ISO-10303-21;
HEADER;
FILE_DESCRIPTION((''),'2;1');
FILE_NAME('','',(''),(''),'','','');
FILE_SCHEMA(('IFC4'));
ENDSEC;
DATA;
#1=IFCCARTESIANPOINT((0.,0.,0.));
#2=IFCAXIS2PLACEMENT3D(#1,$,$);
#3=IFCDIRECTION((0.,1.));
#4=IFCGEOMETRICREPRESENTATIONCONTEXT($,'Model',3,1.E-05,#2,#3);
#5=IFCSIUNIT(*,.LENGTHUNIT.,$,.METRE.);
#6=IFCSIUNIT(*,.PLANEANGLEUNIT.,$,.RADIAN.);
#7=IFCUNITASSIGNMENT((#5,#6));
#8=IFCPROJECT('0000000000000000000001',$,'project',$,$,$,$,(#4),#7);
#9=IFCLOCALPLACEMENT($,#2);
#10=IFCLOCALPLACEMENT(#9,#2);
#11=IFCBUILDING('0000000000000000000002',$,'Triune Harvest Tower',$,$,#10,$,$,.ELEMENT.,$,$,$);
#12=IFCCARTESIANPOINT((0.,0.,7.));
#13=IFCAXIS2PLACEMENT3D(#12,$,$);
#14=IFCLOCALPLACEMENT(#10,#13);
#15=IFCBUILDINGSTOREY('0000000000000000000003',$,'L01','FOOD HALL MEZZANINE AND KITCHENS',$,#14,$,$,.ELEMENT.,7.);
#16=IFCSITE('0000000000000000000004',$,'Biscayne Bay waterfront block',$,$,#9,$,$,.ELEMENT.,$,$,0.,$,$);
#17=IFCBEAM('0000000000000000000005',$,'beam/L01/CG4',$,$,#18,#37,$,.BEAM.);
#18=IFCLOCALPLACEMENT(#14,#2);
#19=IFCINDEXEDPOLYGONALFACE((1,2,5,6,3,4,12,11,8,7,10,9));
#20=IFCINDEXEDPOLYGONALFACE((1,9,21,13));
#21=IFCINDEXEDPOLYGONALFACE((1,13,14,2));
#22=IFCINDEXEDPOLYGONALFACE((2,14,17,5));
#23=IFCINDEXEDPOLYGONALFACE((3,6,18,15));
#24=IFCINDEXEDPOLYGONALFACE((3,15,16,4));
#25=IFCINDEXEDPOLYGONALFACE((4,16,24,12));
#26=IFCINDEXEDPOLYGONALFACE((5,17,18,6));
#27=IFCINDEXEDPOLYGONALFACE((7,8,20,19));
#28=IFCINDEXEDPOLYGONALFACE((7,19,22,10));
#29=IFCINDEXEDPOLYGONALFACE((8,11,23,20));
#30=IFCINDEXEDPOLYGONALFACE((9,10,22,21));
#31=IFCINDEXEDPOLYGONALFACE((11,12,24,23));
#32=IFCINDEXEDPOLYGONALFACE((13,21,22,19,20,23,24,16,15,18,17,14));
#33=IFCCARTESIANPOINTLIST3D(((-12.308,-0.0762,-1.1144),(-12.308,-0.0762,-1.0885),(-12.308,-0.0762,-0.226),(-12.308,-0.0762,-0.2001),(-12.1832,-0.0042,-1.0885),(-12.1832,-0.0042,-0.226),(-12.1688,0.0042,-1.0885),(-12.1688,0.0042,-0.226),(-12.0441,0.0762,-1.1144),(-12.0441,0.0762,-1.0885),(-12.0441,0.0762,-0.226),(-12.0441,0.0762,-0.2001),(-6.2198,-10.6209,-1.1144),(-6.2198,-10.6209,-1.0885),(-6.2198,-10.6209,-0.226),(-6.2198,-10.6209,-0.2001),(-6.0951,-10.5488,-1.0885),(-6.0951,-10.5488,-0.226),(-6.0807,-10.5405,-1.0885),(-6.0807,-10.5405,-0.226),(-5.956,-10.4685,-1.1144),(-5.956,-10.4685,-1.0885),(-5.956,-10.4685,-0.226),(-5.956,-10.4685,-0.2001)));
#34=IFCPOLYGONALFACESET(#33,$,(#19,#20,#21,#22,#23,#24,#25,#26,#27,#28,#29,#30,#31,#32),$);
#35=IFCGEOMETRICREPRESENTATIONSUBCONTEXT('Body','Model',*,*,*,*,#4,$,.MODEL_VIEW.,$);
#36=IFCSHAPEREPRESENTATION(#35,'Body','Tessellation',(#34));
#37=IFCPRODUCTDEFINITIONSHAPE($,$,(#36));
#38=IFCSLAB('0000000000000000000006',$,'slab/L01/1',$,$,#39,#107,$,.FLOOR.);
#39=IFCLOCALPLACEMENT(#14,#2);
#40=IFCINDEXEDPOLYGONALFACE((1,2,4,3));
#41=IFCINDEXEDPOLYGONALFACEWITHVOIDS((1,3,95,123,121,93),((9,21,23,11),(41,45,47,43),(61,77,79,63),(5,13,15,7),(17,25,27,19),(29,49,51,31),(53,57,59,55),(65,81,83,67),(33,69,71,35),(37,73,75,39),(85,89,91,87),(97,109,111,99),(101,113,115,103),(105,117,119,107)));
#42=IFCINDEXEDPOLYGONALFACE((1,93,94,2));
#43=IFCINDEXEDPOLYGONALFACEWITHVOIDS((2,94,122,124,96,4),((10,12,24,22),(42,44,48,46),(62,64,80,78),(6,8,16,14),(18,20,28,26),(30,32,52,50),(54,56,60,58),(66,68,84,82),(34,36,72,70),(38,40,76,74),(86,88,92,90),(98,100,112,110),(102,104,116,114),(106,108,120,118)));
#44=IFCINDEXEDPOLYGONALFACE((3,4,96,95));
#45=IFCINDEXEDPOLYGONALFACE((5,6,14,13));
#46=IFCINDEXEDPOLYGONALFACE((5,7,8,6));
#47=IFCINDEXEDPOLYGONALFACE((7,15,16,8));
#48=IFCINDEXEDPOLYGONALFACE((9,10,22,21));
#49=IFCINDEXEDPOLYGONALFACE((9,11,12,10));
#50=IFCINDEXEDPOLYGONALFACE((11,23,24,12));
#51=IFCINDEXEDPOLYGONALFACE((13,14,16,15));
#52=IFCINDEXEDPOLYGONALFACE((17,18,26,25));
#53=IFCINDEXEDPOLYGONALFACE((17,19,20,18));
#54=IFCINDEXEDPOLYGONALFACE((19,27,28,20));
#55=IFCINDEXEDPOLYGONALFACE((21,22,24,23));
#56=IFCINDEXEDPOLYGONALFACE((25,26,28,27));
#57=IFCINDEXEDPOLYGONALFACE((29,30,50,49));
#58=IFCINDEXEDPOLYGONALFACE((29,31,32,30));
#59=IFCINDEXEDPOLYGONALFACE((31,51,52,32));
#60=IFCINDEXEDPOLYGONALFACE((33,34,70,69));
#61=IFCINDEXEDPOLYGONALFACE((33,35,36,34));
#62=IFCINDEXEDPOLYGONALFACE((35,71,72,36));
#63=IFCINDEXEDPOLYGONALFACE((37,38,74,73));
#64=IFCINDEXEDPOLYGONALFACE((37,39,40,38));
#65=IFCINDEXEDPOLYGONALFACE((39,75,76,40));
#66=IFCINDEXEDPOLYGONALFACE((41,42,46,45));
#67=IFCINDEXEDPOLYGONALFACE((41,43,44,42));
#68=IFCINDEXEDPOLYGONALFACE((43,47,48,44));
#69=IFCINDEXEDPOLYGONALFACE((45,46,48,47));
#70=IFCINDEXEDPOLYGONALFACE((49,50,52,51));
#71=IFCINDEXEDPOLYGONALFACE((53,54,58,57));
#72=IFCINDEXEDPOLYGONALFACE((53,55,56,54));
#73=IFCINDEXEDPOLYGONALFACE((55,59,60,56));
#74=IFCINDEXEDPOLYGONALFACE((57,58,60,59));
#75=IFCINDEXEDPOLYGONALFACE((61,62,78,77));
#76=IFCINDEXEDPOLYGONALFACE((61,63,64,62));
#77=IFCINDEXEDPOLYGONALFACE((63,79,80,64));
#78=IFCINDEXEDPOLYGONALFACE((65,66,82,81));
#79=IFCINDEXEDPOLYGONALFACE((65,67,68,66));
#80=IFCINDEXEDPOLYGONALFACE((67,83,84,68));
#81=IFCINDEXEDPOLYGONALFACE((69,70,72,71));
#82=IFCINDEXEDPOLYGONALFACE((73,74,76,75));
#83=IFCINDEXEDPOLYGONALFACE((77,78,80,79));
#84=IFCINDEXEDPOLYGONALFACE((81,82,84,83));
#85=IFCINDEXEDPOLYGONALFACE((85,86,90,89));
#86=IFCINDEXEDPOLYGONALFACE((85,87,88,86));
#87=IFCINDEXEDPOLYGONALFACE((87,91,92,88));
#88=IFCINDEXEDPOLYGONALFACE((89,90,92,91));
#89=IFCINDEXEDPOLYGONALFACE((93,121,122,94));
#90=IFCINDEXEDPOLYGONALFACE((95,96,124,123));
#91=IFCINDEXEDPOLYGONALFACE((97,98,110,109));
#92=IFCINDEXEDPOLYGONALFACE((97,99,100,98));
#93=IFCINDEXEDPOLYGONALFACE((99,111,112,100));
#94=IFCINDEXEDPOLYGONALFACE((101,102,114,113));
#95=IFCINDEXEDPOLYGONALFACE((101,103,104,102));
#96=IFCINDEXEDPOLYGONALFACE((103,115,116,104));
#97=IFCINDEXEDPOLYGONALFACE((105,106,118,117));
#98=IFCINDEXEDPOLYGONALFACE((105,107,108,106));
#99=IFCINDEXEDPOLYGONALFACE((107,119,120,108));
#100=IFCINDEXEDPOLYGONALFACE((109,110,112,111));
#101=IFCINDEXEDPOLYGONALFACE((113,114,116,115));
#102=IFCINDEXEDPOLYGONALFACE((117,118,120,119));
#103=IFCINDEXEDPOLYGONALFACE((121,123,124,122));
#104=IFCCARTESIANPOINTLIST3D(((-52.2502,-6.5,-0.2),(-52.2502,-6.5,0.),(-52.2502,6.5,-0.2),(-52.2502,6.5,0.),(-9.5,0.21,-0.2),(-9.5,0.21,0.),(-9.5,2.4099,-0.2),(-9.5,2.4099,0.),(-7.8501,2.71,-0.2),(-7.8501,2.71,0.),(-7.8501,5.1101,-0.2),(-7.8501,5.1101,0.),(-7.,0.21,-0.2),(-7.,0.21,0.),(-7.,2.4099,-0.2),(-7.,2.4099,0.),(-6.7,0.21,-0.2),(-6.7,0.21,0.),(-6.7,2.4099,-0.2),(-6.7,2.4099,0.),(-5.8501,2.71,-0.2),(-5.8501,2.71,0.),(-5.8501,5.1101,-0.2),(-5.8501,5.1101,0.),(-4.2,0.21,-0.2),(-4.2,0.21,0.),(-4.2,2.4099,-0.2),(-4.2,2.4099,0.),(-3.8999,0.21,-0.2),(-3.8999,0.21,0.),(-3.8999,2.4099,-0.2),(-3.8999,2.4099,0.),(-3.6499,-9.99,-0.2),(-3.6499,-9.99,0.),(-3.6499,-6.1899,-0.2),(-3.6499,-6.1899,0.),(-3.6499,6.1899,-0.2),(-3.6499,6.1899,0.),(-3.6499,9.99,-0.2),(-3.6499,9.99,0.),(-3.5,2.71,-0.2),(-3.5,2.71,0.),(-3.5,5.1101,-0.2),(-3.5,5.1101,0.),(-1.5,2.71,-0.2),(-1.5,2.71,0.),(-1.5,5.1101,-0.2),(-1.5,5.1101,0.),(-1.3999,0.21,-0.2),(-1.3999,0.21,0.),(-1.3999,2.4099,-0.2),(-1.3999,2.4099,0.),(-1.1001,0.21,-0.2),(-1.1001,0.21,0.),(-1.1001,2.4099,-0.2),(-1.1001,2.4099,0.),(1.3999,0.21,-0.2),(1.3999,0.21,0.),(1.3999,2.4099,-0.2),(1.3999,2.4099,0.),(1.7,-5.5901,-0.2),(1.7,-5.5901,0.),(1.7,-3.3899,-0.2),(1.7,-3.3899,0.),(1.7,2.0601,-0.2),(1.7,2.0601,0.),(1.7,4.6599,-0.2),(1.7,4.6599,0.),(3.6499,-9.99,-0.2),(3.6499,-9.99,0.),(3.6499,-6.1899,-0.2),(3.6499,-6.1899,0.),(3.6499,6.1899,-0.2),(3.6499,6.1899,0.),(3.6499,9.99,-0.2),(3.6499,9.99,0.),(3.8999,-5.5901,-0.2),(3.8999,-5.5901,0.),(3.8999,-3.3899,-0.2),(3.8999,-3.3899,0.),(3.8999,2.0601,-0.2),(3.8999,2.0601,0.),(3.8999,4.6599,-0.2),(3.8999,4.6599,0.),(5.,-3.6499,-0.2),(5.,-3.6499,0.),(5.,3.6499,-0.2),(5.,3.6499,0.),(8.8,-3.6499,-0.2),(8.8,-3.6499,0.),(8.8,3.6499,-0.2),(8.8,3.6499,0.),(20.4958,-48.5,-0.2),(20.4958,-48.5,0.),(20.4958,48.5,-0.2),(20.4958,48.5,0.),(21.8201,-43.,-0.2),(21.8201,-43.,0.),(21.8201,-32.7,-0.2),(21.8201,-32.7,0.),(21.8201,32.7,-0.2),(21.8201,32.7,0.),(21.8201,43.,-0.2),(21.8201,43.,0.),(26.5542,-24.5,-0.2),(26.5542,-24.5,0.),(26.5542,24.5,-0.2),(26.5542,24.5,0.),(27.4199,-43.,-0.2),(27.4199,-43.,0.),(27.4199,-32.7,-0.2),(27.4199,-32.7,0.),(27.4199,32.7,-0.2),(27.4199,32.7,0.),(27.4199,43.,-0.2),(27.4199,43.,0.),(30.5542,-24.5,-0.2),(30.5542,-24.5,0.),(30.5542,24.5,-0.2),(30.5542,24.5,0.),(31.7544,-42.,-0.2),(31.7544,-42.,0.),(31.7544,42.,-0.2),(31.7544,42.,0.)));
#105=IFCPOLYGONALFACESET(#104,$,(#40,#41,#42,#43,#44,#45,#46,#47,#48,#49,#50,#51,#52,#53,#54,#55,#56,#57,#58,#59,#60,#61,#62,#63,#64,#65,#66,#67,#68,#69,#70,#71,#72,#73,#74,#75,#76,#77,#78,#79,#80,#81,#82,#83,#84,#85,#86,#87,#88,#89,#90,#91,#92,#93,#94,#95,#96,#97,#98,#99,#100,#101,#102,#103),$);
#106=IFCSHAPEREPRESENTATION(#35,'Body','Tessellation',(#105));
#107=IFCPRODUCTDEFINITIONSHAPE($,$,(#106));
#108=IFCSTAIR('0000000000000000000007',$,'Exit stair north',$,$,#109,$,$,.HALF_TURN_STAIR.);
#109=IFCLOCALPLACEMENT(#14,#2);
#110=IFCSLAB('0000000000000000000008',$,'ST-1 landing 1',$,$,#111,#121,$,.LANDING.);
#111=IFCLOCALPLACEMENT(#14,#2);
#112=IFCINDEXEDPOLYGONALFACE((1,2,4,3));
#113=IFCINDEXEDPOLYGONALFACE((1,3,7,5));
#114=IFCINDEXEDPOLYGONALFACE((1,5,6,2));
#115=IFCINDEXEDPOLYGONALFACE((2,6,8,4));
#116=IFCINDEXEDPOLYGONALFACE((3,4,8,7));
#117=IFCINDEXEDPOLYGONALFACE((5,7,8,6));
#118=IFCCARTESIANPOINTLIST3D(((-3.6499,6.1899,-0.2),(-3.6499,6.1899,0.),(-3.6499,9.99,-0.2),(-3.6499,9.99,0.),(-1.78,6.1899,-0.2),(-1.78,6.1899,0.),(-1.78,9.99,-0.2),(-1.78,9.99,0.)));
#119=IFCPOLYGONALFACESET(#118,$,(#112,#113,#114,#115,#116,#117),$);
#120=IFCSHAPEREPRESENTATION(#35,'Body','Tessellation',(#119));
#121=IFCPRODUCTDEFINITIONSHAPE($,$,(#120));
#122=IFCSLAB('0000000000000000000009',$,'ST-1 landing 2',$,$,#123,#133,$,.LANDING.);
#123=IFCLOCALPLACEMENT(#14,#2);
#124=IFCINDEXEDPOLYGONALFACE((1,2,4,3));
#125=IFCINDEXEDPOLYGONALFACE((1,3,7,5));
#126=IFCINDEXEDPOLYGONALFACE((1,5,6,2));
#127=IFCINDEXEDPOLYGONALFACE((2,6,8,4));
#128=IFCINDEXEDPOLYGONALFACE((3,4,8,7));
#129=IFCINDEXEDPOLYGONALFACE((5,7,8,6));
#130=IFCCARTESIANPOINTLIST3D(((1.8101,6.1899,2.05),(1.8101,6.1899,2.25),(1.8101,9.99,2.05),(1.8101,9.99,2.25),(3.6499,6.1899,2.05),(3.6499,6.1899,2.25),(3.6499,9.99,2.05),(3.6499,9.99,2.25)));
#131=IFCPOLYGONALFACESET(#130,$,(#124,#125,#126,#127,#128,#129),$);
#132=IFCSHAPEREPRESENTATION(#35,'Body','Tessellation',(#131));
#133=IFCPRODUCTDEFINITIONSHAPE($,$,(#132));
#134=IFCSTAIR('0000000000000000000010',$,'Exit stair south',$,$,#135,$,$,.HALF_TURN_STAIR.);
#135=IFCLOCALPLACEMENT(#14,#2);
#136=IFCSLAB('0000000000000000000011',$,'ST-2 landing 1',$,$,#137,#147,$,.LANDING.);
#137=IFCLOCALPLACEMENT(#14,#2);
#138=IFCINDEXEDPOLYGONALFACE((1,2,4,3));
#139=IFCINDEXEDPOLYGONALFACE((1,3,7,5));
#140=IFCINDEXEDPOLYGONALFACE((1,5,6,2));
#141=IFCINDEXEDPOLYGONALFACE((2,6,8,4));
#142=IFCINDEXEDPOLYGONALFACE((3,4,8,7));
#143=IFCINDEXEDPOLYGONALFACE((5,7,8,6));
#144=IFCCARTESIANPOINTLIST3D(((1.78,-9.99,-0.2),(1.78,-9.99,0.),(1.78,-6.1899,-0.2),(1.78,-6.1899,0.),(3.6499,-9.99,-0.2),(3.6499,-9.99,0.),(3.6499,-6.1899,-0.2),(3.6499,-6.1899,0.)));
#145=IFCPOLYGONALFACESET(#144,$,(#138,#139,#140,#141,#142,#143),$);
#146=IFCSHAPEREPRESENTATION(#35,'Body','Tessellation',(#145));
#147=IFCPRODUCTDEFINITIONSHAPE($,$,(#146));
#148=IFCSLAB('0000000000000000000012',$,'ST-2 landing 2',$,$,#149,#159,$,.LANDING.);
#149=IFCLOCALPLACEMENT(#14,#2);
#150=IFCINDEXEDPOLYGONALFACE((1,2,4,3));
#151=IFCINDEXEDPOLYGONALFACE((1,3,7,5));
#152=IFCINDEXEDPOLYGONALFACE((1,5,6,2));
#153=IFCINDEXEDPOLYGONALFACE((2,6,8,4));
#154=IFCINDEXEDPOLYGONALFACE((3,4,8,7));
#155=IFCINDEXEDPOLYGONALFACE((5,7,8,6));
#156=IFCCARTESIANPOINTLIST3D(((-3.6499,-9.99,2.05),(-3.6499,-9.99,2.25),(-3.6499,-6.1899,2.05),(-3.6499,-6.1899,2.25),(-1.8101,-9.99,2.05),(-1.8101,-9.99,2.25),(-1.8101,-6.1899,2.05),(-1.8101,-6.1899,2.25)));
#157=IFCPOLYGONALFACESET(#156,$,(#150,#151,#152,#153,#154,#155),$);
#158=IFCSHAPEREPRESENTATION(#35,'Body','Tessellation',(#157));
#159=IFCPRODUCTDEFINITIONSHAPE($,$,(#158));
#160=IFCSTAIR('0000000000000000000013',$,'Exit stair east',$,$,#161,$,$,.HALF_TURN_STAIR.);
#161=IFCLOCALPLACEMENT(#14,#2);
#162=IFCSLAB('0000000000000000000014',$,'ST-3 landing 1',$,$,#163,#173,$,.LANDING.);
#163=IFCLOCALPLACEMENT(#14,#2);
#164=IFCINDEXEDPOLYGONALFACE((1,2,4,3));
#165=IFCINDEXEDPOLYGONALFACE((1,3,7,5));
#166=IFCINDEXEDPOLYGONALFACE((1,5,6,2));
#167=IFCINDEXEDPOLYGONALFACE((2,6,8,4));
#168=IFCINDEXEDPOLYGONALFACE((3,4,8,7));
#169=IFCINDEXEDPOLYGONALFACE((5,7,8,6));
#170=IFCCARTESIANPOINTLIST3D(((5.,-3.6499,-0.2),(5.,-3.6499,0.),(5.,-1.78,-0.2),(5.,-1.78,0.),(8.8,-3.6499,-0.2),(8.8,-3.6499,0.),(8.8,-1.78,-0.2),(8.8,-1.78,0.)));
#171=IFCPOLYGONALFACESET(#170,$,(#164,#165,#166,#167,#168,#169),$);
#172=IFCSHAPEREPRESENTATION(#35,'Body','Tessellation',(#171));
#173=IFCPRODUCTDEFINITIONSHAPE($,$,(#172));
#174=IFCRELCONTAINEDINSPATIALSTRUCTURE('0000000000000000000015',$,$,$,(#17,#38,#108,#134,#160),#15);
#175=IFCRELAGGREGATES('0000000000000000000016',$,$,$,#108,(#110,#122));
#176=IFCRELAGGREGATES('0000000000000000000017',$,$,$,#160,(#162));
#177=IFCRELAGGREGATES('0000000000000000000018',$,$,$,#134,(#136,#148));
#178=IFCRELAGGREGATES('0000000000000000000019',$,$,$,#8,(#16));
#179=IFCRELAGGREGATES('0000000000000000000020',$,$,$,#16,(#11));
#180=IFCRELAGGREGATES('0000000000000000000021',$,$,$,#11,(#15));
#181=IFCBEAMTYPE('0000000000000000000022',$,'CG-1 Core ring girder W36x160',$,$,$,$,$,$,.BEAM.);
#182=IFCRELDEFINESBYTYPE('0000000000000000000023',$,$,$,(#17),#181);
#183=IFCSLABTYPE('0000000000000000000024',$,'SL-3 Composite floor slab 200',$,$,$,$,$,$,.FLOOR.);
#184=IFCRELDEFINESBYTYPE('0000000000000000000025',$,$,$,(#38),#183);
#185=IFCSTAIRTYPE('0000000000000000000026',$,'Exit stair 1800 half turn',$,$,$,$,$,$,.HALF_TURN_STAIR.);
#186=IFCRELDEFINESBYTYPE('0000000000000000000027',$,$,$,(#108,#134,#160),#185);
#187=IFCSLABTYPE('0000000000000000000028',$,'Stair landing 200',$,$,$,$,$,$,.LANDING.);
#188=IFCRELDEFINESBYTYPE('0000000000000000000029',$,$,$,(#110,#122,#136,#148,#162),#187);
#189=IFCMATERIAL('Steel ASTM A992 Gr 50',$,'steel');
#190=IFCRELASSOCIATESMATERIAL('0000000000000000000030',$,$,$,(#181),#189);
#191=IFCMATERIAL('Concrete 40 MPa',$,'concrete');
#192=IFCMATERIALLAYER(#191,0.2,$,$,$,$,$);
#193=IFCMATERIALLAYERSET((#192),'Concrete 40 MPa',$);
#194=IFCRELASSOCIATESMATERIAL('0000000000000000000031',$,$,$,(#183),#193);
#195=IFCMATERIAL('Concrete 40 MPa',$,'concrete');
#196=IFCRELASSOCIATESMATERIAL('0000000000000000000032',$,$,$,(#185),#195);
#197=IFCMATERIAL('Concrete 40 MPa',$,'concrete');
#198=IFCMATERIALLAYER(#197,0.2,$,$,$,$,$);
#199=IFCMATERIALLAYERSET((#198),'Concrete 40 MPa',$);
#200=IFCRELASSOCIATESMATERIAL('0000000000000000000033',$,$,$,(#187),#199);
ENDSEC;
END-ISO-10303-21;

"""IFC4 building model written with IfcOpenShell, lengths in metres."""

from ifc_helpers import new_model, si_unit, direction, frame, origin, origin_2d, place, context, subcontext, project, spatial, polyline, i_section, outline, extrude, source, transform, mapped, material, layer, layer_set, material_profile, profile_set, type_object, element, aggregate, save


model = new_model("IFC4")

# Units and contexts
model_context = context("Model", 3, precision=1e-05, world=origin(), true_north=direction((0.0, 1.0)))
body_context = subcontext(model_context, "Body", "Model", "MODEL_VIEW")
ifc_project = project(units=[si_unit("LENGTHUNIT", "METRE"), si_unit("PLANEANGLEUNIT", "RADIAN")], contexts=[model_context])

# Site, building, storey
site_placement = place(None, origin())
site = spatial("IfcSite", under=ifc_project, at=site_placement, Name="Biscayne Bay waterfront block", CompositionType="ELEMENT", RefElevation=0.0)
building_placement = place(site_placement, origin())
building = spatial("IfcBuilding", under=site, at=building_placement, Name="Triune Harvest Tower", CompositionType="ELEMENT")
storey_placement = place(building_placement, frame((0.0, 0.0, 7.0)))
storey = spatial("IfcBuildingStorey", under=building, at=storey_placement, Name="L01", Description="FOOD HALL MEZZANINE AND KITCHENS", CompositionType="ELEMENT", Elevation=7.0)

# Beam
ifc_material_1 = material(Name="Steel ASTM A992 Gr 50", Category="steel")
ifc_material_profile = material_profile(ifc_material_1, i_section(OverallWidth=0.3047, OverallDepth=0.9143, WebThickness=0.0166, FlangeThickness=0.0259, at=origin_2d()), Name="W36x160")
ifc_profile_set = profile_set([ifc_material_profile], Name="Steel ASTM A992 Gr 50")
beam_type = type_object("IfcBeamType", Name="CG-1 Core ring girder W36x160", PredefinedType="BEAM", material=ifc_profile_set)
shared_shape_1 = source(origin(), body_context, "Body", "SweptSolid", [
    extrude(i_section(OverallWidth=0.3047, OverallDepth=0.9143, WebThickness=0.0166, FlangeThickness=0.0259, at=origin_2d()), origin(), (0.0, 0.0, 1.0), 12.176),
])
beam_placement = place(storey_placement, frame((-12.176, 0.0, -0.6572), z_axis=(0.50001, -0.86602, 0.0), x_axis=(0.86602, 0.50001, 0.0)))
element("IfcBeam", 1, at=beam_placement, inside=storey, type_object=beam_type, Name="beam/L01/CG4", PredefinedType="BEAM", context=body_context, shape_type="MappedRepresentation", body=[
    mapped(shared_shape_1, transform((0.0, 0.0, 0.0), scale=1.0)),
])

# Slab
ifc_material_2 = material(Name="Concrete 40 MPa", Category="concrete")
ifc_layer_1 = layer(ifc_material_2, 0.2)
ifc_layer_set_1 = layer_set([ifc_layer_1], Name="Concrete 40 MPa")
slab_type_1 = type_object("IfcSlabType", Name="SL-3 Composite floor slab 200", PredefinedType="FLOOR", material=ifc_layer_set_1)
shared_shape_2 = source(origin(), body_context, "Body", "SweptSolid", [
    extrude(outline(polyline([(31.7544, -42.0), (31.7544, 42.0), (20.4958, 48.5), (-52.2502, 6.5), (-52.2502, -6.5), (20.4958, -48.5), (31.7544, -42.0)]), holes=[polyline([(-7.0, 0.21), (-7.0, 2.4099), (-9.5, 2.4099), (-9.5, 0.21), (-7.0, 0.21)]), polyline([(-4.2, 0.21), (-4.2, 2.4099), (-6.7, 2.4099), (-6.7, 0.21), (-4.2, 0.21)]), polyline([(-1.3999, 0.21), (-1.3999, 2.4099), (-3.8999, 2.4099), (-3.8999, 0.21), (-1.3999, 0.21)]), polyline([(1.3999, 0.21), (1.3999, 2.4099), (-1.1001, 2.4099), (-1.1001, 0.21), (1.3999, 0.21)]), polyline([(3.8999, 2.0601), (3.8999, 4.6599), (1.7, 4.6599), (1.7, 2.0601), (3.8999, 2.0601)]), polyline([(3.8999, -5.5901), (3.8999, -3.3899), (1.7, -3.3899), (1.7, -5.5901), (3.8999, -5.5901)]), polyline([(-5.8501, 2.71), (-5.8501, 5.1101), (-7.8501, 5.1101), (-7.8501, 2.71), (-5.8501, 2.71)]), polyline([(-1.5, 2.71), (-1.5, 5.1101), (-3.5, 5.1101), (-3.5, 2.71), (-1.5, 2.71)]), polyline([(3.6499, 6.1899), (3.6499, 9.99), (-3.6499, 9.99), (-3.6499, 6.1899), (3.6499, 6.1899)]), polyline([(3.6499, -9.99), (3.6499, -6.1899), (-3.6499, -6.1899), (-3.6499, -9.99), (3.6499, -9.99)]), polyline([(8.8, -3.6499), (8.8, 3.6499), (5.0, 3.6499), (5.0, -3.6499), (8.8, -3.6499)]), polyline([(27.4199, 32.7), (27.4199, 43.0), (21.8201, 43.0), (21.8201, 32.7), (27.4199, 32.7)]), polyline([(27.4199, -43.0), (27.4199, -32.7), (21.8201, -32.7), (21.8201, -43.0), (27.4199, -43.0)]), polyline([(26.5542, -24.5), (30.5542, -24.5), (30.5542, 24.5), (26.5542, 24.5), (26.5542, -24.5)])]), origin(), (0.0, 0.0, 1.0), 0.2),
])
slab_1_placement = place(storey_placement, frame((0.0, 0.0, -0.2)))
element("IfcSlab", 2, at=slab_1_placement, inside=storey, type_object=slab_type_1, Name="slab/L01/1", PredefinedType="FLOOR", context=body_context, shape_type="MappedRepresentation", body=[
    mapped(shared_shape_2, transform((0.0, 0.0, 0.0), scale=1.0)),
])

# Stairs, slabs
ifc_material_3 = material(Name="Concrete 40 MPa", Category="concrete")
stair_type = type_object("IfcStairType", Name="Exit stair 1800 half turn", PredefinedType="HALF_TURN_STAIR", material=ifc_material_3)
stair_1_placement = place(storey_placement, origin())
stair_1 = element("IfcStair", 3, at=stair_1_placement, inside=storey, type_object=stair_type, Name="Exit stair north", PredefinedType="HALF_TURN_STAIR")
ifc_material_4 = material(Name="Concrete 40 MPa", Category="concrete")
ifc_layer_2 = layer(ifc_material_4, 0.2)
ifc_layer_set_2 = layer_set([ifc_layer_2], Name="Concrete 40 MPa")
slab_type_2 = type_object("IfcSlabType", Name="Stair landing 200", PredefinedType="LANDING", material=ifc_layer_set_2)
shared_shape_3 = source(origin(), body_context, "Body", "SweptSolid", [
    extrude(outline(polyline([(-3.6499, 6.1899), (-1.78, 6.1899), (-1.78, 9.99), (-3.6499, 9.99), (-3.6499, 6.1899)])), origin(), (0.0, 0.0, 1.0), 0.2),
])
slab_2_placement = place(storey_placement, frame((0.0, 0.0, -0.2)))
slab_2 = element("IfcSlab", 4, at=slab_2_placement, type_object=slab_type_2, Name="ST-1 landing 1", PredefinedType="LANDING", context=body_context, shape_type="MappedRepresentation", body=[
    mapped(shared_shape_3, transform((0.0, 0.0, 0.0), scale=1.0)),
])
shared_shape_4 = source(origin(), body_context, "Body", "SweptSolid", [
    extrude(outline(polyline([(1.8101, 6.1899), (3.6499, 6.1899), (3.6499, 9.99), (1.8101, 9.99), (1.8101, 6.1899)])), origin(), (0.0, 0.0, 1.0), 0.2),
])
slab_3_placement = place(storey_placement, frame((0.0, 0.0, 2.05)))
slab_3 = element("IfcSlab", 5, at=slab_3_placement, type_object=slab_type_2, Name="ST-1 landing 2", PredefinedType="LANDING", context=body_context, shape_type="MappedRepresentation", body=[
    mapped(shared_shape_4, transform((0.0, 0.0, 0.0), scale=1.0)),
])
aggregate(stair_1, [slab_2, slab_3])
stair_2_placement = place(storey_placement, origin())
stair_2 = element("IfcStair", 6, at=stair_2_placement, inside=storey, type_object=stair_type, Name="Exit stair south", PredefinedType="HALF_TURN_STAIR")
shared_shape_5 = source(origin(), body_context, "Body", "SweptSolid", [
    extrude(outline(polyline([(3.6499, -6.1899), (1.78, -6.1899), (1.78, -9.99), (3.6499, -9.99), (3.6499, -6.1899)])), origin(), (0.0, 0.0, 1.0), 0.2),
])
slab_4_placement = place(storey_placement, frame((0.0, 0.0, -0.2)))
slab_4 = element("IfcSlab", 7, at=slab_4_placement, type_object=slab_type_2, Name="ST-2 landing 1", PredefinedType="LANDING", context=body_context, shape_type="MappedRepresentation", body=[
    mapped(shared_shape_5, transform((0.0, 0.0, 0.0), scale=1.0)),
])
shared_shape_6 = source(origin(), body_context, "Body", "SweptSolid", [
    extrude(outline(polyline([(-1.8101, -6.1899), (-3.6499, -6.1899), (-3.6499, -9.99), (-1.8101, -9.99), (-1.8101, -6.1899)])), origin(), (0.0, 0.0, 1.0), 0.2),
])
slab_5_placement = place(storey_placement, frame((0.0, 0.0, 2.05)))
slab_5 = element("IfcSlab", 8, at=slab_5_placement, type_object=slab_type_2, Name="ST-2 landing 2", PredefinedType="LANDING", context=body_context, shape_type="MappedRepresentation", body=[
    mapped(shared_shape_6, transform((0.0, 0.0, 0.0), scale=1.0)),
])

# Stair, slab
stair_3_placement = place(storey_placement, origin())
stair_3 = element("IfcStair", 9, at=stair_3_placement, inside=storey, type_object=stair_type, Name="Exit stair east", PredefinedType="HALF_TURN_STAIR")
shared_shape_7 = source(origin(), body_context, "Body", "SweptSolid", [
    extrude(outline(polyline([(8.8, -3.6499), (8.8, -1.78), (5.0, -1.78), (5.0, -3.6499), (8.8, -3.6499)])), origin(), (0.0, 0.0, 1.0), 0.2),
])
slab_6_placement = place(storey_placement, frame((0.0, 0.0, -0.2)))
slab_6 = element("IfcSlab", 10, at=slab_6_placement, type_object=slab_type_2, Name="ST-3 landing 1", PredefinedType="LANDING", context=body_context, shape_type="MappedRepresentation", body=[
    mapped(shared_shape_7, transform((0.0, 0.0, 0.0), scale=1.0)),
])
aggregate(stair_3, [slab_6])

aggregate(stair_2, [slab_4, slab_5])

save(model, "model.ifc")
